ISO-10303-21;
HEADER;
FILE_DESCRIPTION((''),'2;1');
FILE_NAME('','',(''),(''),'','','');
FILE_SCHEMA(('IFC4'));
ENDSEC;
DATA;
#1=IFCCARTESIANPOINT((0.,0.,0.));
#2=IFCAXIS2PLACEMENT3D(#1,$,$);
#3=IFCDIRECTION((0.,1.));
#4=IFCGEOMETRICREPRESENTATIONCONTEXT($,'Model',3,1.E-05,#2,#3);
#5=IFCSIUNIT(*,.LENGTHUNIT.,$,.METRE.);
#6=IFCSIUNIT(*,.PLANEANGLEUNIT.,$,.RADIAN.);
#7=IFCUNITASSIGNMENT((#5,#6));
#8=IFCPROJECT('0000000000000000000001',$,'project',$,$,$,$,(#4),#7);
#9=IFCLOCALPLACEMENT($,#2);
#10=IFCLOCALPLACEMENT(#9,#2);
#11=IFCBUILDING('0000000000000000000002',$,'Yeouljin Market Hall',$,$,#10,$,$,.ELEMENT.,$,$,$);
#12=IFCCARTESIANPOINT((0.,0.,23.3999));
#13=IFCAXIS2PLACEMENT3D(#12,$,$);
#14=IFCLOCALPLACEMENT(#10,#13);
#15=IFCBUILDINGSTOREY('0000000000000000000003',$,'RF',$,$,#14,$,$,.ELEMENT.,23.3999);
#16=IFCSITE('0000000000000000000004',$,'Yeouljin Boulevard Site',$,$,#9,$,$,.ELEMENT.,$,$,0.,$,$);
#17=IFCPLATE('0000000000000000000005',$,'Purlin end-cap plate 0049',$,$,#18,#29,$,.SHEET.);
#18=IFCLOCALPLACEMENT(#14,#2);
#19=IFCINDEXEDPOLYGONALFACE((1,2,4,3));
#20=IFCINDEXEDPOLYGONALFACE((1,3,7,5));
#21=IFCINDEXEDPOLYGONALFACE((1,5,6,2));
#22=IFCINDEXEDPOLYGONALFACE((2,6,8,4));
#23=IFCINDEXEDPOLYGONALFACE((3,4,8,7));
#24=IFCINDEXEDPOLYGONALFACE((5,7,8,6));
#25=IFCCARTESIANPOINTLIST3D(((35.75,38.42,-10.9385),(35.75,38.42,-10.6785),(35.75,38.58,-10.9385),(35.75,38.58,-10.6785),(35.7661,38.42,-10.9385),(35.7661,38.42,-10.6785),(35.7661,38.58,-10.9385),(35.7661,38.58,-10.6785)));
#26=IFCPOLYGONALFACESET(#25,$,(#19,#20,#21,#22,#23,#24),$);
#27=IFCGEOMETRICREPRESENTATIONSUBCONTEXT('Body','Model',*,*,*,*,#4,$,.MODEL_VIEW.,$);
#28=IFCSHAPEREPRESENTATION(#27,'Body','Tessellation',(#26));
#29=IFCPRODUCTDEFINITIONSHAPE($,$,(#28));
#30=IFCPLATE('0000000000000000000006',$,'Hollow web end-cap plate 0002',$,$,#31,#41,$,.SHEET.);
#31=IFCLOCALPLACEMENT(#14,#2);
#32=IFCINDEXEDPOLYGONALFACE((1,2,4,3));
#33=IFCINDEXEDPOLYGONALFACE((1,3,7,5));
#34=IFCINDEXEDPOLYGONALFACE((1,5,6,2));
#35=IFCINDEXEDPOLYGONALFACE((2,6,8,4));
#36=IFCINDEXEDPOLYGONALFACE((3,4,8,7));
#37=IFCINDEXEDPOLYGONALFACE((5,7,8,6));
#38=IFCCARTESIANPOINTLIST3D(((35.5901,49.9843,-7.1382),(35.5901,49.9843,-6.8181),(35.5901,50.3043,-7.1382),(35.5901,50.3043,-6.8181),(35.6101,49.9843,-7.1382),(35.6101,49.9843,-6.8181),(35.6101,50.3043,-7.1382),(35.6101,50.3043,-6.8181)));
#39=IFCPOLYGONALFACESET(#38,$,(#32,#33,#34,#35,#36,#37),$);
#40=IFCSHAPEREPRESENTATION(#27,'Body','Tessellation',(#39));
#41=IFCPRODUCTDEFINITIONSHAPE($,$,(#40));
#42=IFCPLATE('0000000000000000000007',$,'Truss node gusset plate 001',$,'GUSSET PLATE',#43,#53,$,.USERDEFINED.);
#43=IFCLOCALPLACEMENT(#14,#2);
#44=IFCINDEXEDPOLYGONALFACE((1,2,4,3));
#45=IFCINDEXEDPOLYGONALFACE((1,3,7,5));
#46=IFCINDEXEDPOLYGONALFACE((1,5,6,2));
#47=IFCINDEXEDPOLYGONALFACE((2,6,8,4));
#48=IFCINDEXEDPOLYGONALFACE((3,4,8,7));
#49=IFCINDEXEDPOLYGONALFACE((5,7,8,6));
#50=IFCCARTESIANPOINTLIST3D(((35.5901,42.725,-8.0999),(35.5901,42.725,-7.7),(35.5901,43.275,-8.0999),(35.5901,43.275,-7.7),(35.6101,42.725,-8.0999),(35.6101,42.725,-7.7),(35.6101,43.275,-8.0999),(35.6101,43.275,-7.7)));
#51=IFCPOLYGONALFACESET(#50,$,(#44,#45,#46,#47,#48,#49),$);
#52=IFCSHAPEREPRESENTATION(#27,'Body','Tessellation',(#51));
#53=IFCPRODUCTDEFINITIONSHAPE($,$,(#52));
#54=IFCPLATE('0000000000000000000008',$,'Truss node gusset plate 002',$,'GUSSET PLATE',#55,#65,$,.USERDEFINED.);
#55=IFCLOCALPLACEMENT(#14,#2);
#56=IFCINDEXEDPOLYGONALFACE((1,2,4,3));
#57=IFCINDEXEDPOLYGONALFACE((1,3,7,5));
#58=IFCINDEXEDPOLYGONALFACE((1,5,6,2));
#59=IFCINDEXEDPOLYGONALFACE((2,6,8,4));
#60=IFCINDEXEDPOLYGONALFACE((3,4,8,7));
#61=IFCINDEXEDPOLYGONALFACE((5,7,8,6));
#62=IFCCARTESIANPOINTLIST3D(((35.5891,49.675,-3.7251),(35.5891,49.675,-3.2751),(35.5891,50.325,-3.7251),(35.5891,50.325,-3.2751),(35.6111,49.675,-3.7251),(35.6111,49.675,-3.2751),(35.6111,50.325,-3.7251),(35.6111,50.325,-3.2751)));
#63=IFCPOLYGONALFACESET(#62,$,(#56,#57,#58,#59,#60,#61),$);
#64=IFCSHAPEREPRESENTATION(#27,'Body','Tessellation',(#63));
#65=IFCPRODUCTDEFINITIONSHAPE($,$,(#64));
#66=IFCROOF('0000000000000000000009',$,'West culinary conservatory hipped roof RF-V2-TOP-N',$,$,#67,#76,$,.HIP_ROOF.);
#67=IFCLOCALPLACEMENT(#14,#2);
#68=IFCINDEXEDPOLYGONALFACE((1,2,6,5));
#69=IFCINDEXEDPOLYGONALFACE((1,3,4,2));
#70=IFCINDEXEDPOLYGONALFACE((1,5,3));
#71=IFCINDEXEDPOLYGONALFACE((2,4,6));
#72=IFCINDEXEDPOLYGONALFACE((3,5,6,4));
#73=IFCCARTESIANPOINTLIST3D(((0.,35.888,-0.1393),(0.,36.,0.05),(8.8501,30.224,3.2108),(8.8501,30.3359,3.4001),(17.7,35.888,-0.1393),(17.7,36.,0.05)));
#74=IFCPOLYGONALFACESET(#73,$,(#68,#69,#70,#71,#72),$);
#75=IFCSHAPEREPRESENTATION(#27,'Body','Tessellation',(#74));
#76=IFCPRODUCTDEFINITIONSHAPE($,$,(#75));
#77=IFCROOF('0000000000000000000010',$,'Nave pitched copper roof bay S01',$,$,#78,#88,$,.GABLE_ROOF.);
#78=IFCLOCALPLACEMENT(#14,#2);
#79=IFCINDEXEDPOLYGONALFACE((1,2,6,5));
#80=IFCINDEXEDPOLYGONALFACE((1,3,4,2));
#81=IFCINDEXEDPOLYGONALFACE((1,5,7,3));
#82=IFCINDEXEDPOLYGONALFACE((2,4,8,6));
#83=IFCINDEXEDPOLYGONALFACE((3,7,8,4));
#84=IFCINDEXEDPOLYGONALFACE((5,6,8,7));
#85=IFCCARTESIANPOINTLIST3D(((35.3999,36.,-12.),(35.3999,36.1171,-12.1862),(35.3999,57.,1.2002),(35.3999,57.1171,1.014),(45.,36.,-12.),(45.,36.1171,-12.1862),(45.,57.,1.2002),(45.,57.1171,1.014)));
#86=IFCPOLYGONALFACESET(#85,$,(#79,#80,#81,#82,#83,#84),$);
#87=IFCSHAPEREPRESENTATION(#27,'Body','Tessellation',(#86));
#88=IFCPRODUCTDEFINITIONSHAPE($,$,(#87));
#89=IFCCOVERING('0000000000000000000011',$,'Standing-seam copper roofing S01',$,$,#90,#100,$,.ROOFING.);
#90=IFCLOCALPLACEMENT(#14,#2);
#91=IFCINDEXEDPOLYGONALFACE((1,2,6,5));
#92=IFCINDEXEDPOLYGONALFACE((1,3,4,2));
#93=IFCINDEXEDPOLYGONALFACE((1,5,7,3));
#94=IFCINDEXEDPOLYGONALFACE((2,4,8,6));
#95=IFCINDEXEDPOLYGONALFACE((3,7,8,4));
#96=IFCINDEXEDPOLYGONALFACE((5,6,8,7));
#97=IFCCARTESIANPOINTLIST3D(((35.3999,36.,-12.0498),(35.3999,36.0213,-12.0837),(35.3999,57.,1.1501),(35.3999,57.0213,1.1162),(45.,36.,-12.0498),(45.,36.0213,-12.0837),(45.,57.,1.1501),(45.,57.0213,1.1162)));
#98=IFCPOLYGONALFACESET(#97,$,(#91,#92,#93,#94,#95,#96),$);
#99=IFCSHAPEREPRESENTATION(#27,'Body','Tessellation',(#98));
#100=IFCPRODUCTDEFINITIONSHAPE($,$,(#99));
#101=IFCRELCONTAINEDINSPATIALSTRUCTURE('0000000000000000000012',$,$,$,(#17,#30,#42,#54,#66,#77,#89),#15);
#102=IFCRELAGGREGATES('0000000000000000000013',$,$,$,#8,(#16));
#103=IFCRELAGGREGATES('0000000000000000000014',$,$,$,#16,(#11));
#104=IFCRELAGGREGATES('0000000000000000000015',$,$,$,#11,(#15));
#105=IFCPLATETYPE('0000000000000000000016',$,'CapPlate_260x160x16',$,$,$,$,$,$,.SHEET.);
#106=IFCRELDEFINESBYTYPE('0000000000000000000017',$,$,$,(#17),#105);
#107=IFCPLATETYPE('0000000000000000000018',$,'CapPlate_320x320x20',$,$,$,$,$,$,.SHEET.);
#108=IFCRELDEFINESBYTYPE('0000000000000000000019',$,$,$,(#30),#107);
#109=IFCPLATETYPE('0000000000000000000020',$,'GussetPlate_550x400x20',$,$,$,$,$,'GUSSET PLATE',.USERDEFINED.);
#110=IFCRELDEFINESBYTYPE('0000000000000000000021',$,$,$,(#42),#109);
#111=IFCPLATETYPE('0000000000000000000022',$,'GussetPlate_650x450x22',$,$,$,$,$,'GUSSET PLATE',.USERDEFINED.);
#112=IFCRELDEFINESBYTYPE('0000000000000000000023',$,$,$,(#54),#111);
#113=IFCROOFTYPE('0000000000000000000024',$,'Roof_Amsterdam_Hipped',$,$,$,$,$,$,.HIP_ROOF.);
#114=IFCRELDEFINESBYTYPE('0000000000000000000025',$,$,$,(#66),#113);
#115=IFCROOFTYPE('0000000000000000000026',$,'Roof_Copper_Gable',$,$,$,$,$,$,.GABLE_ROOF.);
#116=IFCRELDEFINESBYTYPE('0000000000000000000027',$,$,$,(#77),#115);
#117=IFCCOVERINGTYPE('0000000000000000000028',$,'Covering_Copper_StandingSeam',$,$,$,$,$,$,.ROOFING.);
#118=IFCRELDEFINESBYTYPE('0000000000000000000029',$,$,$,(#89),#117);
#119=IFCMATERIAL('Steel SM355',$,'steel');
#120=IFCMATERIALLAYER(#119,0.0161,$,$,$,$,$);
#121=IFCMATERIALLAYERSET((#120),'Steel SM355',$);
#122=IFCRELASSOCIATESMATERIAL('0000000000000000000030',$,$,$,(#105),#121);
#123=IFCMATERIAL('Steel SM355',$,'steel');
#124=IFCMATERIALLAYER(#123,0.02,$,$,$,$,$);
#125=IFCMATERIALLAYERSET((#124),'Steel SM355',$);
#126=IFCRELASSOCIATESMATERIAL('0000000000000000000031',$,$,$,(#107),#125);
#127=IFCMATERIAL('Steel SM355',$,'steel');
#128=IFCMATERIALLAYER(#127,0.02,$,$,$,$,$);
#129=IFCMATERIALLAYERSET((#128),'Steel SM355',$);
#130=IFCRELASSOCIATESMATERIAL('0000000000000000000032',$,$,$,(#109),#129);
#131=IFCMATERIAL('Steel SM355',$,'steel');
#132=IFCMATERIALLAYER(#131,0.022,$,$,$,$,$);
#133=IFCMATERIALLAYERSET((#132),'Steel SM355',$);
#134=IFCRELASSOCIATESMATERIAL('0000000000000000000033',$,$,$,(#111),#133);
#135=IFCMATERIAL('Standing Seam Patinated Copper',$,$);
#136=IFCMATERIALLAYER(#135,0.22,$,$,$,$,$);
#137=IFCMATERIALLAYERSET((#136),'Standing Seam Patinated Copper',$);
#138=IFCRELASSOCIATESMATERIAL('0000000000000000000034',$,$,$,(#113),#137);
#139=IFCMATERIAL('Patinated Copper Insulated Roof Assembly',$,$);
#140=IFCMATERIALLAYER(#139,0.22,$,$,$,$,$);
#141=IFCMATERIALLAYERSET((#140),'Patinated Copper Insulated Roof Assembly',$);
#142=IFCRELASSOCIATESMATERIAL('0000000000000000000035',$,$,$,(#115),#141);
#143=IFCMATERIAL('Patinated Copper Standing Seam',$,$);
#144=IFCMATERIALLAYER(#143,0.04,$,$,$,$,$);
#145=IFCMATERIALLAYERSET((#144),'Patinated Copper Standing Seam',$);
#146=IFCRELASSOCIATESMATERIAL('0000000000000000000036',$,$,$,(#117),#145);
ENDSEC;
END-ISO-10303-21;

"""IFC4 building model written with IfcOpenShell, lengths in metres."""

from ifc_helpers import new_model, si_unit, direction, frame, origin, origin_2d, place, context, subcontext, project, spatial, polyline, rectangle, outline, extrude, material, layer, layer_set, type_object, element, save


model = new_model("IFC4")

# Units and contexts
model_context = context("Model", 3, precision=1e-05, world=origin(), true_north=direction((0.0, 1.0)))
body_context = subcontext(model_context, "Body", "Model", "MODEL_VIEW")
ifc_project = project(units=[si_unit("LENGTHUNIT", "METRE"), si_unit("PLANEANGLEUNIT", "RADIAN")], contexts=[model_context])

# Site, building, storey
site_placement = place(None, origin())
site = spatial("IfcSite", under=ifc_project, at=site_placement, Name="Yeouljin Boulevard Site", CompositionType="ELEMENT", RefElevation=0.0)
building_placement = place(site_placement, origin())
building = spatial("IfcBuilding", under=site, at=building_placement, Name="Yeouljin Market Hall", CompositionType="ELEMENT")
storey_placement = place(building_placement, frame((0.0, 0.0, 23.3999)))
storey = spatial("IfcBuildingStorey", under=building, at=storey_placement, Name="RF", CompositionType="ELEMENT", Elevation=23.3999)

# Plates
ifc_material_1 = material(Name="Steel SM355", Category="steel")
ifc_layer_1 = layer(ifc_material_1, 0.0161)
ifc_layer_set_1 = layer_set([ifc_layer_1], Name="Steel SM355")
plate_type_1 = type_object("IfcPlateType", Name="CapPlate_260x160x16", PredefinedType="SHEET", material=ifc_layer_set_1)
plate_1_placement = place(storey_placement, frame((35.7581, 38.5, -10.9385), z_axis=(0.0, 0.0, 1.0), x_axis=(0.0, 1.0, 0.0)))
element("IfcPlate", 1, at=plate_1_placement, inside=storey, type_object=plate_type_1, Name="Purlin end-cap plate 0049", PredefinedType="SHEET", context=body_context, shape_type="SweptSolid", body=[
    extrude(rectangle(XDim=0.1599, YDim=0.0161, at=origin_2d()), origin(), (0.0, 0.0, 1.0), 0.26),
])
ifc_material_2 = material(Name="Steel SM355", Category="steel")
ifc_layer_2 = layer(ifc_material_2, 0.02)
ifc_layer_set_2 = layer_set([ifc_layer_2], Name="Steel SM355")
plate_type_2 = type_object("IfcPlateType", Name="CapPlate_320x320x20", PredefinedType="SHEET", material=ifc_layer_set_2)
plate_2_placement = place(storey_placement, frame((35.6001, 50.1443, -7.1382), z_axis=(0.0, 0.0, 1.0), x_axis=(0.0, 1.0, 0.0)))
element("IfcPlate", 2, at=plate_2_placement, inside=storey, type_object=plate_type_2, Name="Hollow web end-cap plate 0002", PredefinedType="SHEET", context=body_context, shape_type="SweptSolid", body=[
    extrude(rectangle(XDim=0.3201, YDim=0.02, at=origin_2d()), origin(), (0.0, 0.0, 1.0), 0.3201),
])
ifc_material_3 = material(Name="Steel SM355", Category="steel")
ifc_layer_3 = layer(ifc_material_3, 0.02)
ifc_layer_set_3 = layer_set([ifc_layer_3], Name="Steel SM355")
plate_type_3 = type_object("IfcPlateType", Name="GussetPlate_550x400x20", ElementType="GUSSET PLATE", PredefinedType="USERDEFINED", material=ifc_layer_set_3)
plate_3_placement = place(storey_placement, frame((35.6001, 43.0, -8.0999), z_axis=(0.0, 0.0, 1.0), x_axis=(0.0, 1.0, 0.0)))
element("IfcPlate", 3, at=plate_3_placement, inside=storey, type_object=plate_type_3, Name="Truss node gusset plate 001", ObjectType="GUSSET PLATE", PredefinedType="USERDEFINED", context=body_context, shape_type="SweptSolid", body=[
    extrude(rectangle(XDim=0.55, YDim=0.02, at=origin_2d()), origin(), (0.0, 0.0, 1.0), 0.3999),
])
ifc_material_4 = material(Name="Steel SM355", Category="steel")
ifc_layer_4 = layer(ifc_material_4, 0.022)
ifc_layer_set_4 = layer_set([ifc_layer_4], Name="Steel SM355")
plate_type_4 = type_object("IfcPlateType", Name="GussetPlate_650x450x22", ElementType="GUSSET PLATE", PredefinedType="USERDEFINED", material=ifc_layer_set_4)
plate_4_placement = place(storey_placement, frame((35.6001, 50.0, -3.7251), z_axis=(0.0, 0.0, 1.0), x_axis=(0.0, 1.0, 0.0)))
element("IfcPlate", 4, at=plate_4_placement, inside=storey, type_object=plate_type_4, Name="Truss node gusset plate 002", ObjectType="GUSSET PLATE", PredefinedType="USERDEFINED", context=body_context, shape_type="SweptSolid", body=[
    extrude(rectangle(XDim=0.6499, YDim=0.022, at=origin_2d()), origin(), (0.0, 0.0, 1.0), 0.45),
])

# Roofs
ifc_material_5 = material(Name="Standing Seam Patinated Copper")
ifc_layer_5 = layer(ifc_material_5, 0.22)
ifc_layer_set_5 = layer_set([ifc_layer_5], Name="Standing Seam Patinated Copper")
roof_type_1 = type_object("IfcRoofType", Name="Roof_Amsterdam_Hipped", PredefinedType="HIP_ROOF", material=ifc_layer_set_5)
roof_1_placement = place(storey_placement, frame((17.7, 36.0, 0.05), z_axis=(0.0, 0.509084, 0.860717), x_axis=(-1.0, 0.0, 0.0)))
element("IfcRoof", 5, at=roof_1_placement, inside=storey, type_object=roof_type_1, Name="West culinary conservatory hipped roof RF-V2-TOP-N", PredefinedType="HIP_ROOF", context=body_context, shape_type="SweptSolid", body=[
    extrude(outline(polyline([(0.0, 0.0), (17.7, 0.0), (8.8499, 6.5806), (0.0, 0.0)])), origin(), (0.0, 0.0, -1.0), 0.22),
])
ifc_material_6 = material(Name="Patinated Copper Insulated Roof Assembly")
ifc_layer_6 = layer(ifc_material_6, 0.22)
ifc_layer_set_6 = layer_set([ifc_layer_6], Name="Patinated Copper Insulated Roof Assembly")
roof_type_2 = type_object("IfcRoofType", Name="Roof_Copper_Gable", PredefinedType="GABLE_ROOF", material=ifc_layer_set_6)
roof_2_placement = place(storey_placement, frame((35.3999, 36.0, -12.0), z_axis=(0.0, -0.532177, 0.846633), x_axis=(1.0, 0.0, 0.0)))
element("IfcRoof", 6, at=roof_2_placement, inside=storey, type_object=roof_type_2, Name="Nave pitched copper roof bay S01", PredefinedType="GABLE_ROOF", context=body_context, shape_type="SweptSolid", body=[
    extrude(outline(polyline([(0.0, 0.0), (9.6001, 0.0), (9.6001, 24.8041), (0.0, 24.8041), (0.0, 0.0)])), origin(), (0.0, 0.0, -1.0), 0.22),
])

# Covering
ifc_material_7 = material(Name="Patinated Copper Standing Seam")
ifc_layer_7 = layer(ifc_material_7, 0.04)
ifc_layer_set_7 = layer_set([ifc_layer_7], Name="Patinated Copper Standing Seam")
covering_type = type_object("IfcCoveringType", Name="Covering_Copper_StandingSeam", PredefinedType="ROOFING", material=ifc_layer_set_7)
covering_placement = place(storey_placement, frame((35.3999, 36.0, -12.0498), z_axis=(0.0, -0.53217, 0.846637), x_axis=(1.0, 0.0, 0.0)))
element("IfcCovering", 7, at=covering_placement, inside=storey, type_object=covering_type, Name="Standing-seam copper roofing S01", PredefinedType="ROOFING", context=body_context, shape_type="SweptSolid", body=[
    extrude(outline(polyline([(0.0, 0.0), (9.6001, 0.0), (9.6001, 24.804), (0.0, 24.804), (0.0, 0.0)])), origin(), (0.0, 0.0, -1.0), 0.04),
])

save(model, "model.ifc")
